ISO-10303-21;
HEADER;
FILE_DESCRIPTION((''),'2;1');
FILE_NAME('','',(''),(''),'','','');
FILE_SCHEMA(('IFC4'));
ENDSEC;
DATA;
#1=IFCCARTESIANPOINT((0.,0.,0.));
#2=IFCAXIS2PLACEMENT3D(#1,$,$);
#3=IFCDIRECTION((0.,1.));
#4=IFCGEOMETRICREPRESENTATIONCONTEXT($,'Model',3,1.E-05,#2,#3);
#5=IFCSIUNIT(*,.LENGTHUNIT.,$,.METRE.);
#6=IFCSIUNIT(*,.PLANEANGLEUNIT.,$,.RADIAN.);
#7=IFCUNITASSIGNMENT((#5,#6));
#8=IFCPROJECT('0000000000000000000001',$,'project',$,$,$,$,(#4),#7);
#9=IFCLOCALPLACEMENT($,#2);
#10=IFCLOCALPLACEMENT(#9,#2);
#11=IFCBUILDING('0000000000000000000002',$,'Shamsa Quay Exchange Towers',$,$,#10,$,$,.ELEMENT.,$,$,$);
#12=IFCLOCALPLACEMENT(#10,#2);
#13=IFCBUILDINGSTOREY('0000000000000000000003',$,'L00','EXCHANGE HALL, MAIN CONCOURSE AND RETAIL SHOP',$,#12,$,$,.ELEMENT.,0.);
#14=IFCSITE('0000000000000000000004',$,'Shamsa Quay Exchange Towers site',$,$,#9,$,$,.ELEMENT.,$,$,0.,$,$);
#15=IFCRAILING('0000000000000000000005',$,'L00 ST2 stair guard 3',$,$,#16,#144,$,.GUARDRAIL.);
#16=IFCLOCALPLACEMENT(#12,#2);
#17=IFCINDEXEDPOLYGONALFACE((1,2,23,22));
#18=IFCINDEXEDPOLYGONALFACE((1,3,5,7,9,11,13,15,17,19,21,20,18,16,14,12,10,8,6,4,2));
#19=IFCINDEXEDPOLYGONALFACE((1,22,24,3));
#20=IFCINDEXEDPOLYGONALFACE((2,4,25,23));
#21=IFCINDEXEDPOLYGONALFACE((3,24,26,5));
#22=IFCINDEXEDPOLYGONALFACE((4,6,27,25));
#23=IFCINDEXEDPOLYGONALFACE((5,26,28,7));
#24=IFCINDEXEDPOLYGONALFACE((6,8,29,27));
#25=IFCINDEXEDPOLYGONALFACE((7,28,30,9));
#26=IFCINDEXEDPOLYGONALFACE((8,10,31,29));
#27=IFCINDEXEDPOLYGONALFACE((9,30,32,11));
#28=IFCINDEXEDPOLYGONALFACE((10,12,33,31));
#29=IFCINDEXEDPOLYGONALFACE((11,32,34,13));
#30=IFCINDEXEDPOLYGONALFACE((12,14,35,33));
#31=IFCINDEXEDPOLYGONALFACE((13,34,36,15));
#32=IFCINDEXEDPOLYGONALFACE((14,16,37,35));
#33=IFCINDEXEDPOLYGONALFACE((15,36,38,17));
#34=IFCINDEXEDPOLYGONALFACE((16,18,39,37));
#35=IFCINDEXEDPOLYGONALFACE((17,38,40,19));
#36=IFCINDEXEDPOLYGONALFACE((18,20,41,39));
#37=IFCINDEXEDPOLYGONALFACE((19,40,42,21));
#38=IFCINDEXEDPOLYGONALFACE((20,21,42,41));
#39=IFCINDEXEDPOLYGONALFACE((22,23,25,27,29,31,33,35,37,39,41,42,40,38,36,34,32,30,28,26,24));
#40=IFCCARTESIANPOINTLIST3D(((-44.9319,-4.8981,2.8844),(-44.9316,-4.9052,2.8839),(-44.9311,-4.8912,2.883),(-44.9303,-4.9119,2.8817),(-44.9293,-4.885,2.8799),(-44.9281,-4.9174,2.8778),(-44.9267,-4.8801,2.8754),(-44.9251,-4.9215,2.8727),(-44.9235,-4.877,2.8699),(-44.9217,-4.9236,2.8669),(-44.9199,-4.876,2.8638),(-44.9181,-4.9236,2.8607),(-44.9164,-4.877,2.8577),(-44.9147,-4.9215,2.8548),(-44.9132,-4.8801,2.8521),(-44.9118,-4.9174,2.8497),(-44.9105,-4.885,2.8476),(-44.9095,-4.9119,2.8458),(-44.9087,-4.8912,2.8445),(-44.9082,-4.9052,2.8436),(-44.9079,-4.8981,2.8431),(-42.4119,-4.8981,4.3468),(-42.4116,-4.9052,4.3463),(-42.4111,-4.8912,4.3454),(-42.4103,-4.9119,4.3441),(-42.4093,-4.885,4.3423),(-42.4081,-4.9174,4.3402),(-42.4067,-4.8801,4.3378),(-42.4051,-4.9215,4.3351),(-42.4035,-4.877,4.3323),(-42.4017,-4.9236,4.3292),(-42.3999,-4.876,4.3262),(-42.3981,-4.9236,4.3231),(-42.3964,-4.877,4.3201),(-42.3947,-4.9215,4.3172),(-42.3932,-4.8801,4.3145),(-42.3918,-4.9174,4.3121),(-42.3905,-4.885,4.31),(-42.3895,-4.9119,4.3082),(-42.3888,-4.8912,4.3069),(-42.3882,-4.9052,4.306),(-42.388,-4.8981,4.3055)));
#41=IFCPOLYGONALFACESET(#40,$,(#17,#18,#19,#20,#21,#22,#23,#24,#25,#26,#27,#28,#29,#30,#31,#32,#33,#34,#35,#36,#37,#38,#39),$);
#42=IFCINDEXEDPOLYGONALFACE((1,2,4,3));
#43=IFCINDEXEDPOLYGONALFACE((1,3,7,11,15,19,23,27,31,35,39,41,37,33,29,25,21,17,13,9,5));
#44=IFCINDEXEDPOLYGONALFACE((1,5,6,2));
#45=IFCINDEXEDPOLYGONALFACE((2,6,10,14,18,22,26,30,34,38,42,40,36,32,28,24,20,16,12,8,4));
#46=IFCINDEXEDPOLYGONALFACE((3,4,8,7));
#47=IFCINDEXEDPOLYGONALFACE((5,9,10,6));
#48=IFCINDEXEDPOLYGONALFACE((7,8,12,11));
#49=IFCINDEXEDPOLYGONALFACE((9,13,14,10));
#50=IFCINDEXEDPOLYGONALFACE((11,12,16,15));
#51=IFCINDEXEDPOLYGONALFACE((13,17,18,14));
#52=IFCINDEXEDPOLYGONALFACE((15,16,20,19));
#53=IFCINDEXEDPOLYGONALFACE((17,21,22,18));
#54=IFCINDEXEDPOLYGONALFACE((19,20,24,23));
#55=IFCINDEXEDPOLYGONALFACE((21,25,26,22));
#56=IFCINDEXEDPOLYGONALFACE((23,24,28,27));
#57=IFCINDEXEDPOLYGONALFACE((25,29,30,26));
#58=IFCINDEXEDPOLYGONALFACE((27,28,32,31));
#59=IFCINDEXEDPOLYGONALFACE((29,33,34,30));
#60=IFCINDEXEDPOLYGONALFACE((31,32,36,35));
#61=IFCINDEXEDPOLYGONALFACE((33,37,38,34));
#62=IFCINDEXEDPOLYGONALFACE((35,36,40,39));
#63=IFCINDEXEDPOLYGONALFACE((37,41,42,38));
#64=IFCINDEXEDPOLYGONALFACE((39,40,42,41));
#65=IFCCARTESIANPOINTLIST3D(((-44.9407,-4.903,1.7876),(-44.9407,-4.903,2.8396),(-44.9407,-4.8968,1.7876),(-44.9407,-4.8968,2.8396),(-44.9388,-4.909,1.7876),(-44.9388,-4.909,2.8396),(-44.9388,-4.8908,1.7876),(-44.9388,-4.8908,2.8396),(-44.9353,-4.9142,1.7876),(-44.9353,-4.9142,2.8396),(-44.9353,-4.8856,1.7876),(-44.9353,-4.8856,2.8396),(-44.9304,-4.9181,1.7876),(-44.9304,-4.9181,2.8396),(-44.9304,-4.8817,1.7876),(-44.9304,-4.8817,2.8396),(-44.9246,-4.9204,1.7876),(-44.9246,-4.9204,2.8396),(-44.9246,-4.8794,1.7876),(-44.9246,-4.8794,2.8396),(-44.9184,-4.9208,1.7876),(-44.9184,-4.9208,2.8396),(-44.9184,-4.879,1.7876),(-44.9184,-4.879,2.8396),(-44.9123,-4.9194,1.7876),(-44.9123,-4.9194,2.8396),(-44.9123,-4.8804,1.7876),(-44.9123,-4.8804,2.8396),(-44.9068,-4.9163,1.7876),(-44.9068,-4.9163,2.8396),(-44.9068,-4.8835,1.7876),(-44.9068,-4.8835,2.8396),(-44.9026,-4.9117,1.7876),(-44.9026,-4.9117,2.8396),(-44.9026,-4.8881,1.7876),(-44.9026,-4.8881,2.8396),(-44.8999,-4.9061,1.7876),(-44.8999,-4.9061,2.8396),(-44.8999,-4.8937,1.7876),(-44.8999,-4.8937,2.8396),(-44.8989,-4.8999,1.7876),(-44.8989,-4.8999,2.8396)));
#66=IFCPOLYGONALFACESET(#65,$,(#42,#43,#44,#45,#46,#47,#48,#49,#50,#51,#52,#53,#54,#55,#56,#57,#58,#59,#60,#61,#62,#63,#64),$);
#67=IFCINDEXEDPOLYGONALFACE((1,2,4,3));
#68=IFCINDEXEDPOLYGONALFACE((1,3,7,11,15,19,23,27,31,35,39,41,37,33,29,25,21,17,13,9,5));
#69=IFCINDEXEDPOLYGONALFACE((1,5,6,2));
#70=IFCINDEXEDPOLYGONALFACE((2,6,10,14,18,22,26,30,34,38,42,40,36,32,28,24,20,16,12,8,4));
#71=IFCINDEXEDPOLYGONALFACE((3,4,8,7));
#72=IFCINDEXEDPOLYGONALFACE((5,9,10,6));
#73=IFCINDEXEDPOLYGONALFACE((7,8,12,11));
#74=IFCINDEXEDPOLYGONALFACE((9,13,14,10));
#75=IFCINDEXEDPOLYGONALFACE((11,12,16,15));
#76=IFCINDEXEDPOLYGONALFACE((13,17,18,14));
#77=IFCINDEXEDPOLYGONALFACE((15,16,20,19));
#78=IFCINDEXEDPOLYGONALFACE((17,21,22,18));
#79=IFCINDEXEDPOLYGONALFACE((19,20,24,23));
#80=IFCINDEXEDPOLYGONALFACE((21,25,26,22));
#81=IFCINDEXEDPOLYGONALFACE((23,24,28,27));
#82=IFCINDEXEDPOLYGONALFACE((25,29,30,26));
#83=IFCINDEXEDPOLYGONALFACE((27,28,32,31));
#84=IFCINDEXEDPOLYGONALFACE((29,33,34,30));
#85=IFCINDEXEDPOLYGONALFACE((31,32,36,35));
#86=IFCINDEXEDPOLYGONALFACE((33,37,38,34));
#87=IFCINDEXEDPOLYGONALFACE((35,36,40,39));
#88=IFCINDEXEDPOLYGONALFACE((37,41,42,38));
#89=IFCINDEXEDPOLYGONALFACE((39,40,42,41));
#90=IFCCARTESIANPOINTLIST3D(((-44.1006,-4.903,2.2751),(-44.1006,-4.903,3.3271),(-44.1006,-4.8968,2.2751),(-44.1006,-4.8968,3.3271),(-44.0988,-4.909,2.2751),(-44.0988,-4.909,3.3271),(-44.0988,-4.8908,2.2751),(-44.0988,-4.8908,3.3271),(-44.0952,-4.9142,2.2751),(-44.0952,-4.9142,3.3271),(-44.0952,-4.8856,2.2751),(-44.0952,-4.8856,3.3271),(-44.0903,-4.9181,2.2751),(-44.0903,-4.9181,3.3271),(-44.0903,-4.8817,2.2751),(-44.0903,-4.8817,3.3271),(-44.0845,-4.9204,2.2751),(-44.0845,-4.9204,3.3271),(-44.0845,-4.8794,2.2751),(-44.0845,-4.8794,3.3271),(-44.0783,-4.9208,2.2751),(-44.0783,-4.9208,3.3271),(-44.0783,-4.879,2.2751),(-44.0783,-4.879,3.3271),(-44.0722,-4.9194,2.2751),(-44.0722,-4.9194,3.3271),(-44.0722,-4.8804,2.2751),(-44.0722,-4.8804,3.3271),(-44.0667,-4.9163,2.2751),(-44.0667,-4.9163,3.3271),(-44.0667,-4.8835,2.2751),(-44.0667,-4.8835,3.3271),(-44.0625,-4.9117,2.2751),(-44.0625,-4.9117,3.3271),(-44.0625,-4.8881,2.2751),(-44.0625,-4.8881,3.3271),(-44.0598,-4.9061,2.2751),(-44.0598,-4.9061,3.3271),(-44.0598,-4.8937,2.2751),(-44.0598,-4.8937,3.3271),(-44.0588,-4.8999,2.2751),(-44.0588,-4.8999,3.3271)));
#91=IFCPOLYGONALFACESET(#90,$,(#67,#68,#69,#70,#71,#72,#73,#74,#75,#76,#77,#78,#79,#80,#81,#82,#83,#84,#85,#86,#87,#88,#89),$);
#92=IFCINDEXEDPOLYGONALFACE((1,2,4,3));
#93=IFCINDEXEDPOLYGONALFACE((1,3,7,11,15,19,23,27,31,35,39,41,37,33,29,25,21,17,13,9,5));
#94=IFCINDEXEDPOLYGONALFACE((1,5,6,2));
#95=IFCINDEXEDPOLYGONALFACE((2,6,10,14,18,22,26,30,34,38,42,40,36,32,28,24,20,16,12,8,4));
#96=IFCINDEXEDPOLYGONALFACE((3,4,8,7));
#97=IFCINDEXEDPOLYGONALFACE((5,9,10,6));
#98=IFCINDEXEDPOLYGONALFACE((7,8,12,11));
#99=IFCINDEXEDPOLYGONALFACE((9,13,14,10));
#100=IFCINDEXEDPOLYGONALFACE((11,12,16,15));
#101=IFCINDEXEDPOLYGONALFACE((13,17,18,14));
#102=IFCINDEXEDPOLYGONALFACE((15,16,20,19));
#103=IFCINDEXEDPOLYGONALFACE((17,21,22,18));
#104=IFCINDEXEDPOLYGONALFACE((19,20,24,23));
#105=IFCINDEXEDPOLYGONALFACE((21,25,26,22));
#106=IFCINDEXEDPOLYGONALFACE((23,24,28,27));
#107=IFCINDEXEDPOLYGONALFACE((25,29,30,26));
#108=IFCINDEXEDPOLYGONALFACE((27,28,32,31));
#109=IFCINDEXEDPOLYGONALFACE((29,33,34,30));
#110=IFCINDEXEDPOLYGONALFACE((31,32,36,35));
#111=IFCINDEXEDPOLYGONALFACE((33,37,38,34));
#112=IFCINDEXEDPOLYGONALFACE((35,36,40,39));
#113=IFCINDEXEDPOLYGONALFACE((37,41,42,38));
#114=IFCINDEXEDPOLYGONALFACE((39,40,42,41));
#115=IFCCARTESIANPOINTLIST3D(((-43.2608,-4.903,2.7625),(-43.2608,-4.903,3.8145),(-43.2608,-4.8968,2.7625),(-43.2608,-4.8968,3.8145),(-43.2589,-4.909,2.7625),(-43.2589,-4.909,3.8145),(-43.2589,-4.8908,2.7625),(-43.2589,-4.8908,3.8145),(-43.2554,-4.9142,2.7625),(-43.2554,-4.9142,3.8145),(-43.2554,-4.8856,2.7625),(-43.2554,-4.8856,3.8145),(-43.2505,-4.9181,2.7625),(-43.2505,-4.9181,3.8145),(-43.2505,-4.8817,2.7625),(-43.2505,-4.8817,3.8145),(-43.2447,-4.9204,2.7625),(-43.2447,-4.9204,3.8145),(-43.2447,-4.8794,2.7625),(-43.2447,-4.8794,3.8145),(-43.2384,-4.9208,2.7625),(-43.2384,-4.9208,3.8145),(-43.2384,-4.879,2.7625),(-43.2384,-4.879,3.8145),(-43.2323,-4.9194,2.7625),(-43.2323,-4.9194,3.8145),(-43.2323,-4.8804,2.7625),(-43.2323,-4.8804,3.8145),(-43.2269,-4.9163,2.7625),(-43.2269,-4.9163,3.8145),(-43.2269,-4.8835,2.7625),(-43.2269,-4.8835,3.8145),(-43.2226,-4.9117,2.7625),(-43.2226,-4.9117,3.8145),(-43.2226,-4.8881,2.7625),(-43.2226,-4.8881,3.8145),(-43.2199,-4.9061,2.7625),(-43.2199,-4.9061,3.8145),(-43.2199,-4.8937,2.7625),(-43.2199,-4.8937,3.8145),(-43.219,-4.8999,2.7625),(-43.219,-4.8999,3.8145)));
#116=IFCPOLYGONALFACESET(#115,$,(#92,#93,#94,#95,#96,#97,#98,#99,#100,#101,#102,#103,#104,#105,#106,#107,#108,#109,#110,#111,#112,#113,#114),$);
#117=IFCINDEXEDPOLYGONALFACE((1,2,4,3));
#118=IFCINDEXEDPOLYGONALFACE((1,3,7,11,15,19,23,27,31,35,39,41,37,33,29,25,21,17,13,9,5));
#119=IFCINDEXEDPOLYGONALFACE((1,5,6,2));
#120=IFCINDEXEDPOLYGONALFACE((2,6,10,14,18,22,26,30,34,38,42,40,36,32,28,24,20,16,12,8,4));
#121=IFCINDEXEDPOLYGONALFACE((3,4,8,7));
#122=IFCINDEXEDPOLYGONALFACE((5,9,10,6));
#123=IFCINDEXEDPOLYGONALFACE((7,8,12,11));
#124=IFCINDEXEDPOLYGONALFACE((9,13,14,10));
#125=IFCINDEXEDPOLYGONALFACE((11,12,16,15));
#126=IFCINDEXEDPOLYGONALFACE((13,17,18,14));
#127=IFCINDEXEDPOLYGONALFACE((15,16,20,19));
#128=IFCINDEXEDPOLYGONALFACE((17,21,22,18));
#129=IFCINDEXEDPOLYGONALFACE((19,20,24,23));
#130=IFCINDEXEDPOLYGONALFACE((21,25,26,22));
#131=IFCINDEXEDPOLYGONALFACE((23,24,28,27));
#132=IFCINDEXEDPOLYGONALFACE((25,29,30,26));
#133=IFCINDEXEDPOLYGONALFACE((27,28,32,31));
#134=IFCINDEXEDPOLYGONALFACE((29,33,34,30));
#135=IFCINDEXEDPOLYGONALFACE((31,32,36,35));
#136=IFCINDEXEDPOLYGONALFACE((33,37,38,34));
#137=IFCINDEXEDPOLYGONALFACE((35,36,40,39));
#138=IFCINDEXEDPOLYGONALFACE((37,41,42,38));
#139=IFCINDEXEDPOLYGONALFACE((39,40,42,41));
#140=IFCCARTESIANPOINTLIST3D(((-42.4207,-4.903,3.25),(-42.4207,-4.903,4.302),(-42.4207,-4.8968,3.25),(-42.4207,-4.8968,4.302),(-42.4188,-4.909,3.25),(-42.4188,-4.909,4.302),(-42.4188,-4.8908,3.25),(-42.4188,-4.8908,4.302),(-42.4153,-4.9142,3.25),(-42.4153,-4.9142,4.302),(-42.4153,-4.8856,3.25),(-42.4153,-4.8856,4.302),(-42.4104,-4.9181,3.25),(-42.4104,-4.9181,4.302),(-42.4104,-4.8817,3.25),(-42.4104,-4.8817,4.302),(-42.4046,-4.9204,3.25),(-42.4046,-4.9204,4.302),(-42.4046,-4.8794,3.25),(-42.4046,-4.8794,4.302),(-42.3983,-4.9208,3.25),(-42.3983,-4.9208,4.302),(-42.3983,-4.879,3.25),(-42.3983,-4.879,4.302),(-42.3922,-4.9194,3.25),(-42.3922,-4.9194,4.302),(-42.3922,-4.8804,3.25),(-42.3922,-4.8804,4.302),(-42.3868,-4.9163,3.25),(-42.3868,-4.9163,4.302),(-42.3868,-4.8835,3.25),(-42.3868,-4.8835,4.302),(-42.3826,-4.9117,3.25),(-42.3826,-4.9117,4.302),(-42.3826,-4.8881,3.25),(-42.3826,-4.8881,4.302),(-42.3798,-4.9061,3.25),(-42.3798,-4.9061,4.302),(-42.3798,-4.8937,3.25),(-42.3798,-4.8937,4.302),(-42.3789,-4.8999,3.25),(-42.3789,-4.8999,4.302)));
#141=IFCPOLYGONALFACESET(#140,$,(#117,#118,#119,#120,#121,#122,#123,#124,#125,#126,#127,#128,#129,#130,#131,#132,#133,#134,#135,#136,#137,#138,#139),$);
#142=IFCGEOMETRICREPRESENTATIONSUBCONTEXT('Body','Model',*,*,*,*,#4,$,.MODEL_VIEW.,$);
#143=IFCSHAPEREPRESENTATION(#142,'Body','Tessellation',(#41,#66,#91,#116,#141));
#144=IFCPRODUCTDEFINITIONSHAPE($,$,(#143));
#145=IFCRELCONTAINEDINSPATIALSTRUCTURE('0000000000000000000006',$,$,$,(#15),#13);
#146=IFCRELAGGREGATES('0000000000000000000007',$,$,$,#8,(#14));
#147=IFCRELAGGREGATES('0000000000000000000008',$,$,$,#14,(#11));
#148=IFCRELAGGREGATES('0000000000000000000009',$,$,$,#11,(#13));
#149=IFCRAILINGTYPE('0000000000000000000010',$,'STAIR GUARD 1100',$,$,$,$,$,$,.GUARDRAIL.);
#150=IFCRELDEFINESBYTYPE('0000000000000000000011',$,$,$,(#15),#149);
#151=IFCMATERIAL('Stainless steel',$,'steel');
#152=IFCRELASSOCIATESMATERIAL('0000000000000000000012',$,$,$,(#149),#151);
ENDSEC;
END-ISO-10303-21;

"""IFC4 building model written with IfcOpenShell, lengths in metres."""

from ifc_helpers import new_model, si_unit, direction, frame, origin, origin_2d, place, context, subcontext, project, spatial, circle, extrude, material, type_object, element, save


model = new_model("IFC4")

# Units and contexts
model_context = context("Model", 3, precision=1e-05, world=origin(), true_north=direction((0.0, 1.0)))
body_context = subcontext(model_context, "Body", "Model", "MODEL_VIEW")
ifc_project = project(units=[si_unit("LENGTHUNIT", "METRE"), si_unit("PLANEANGLEUNIT", "RADIAN")], contexts=[model_context])

# Site, building, storey
site_placement = place(None, origin())
site = spatial("IfcSite", under=ifc_project, at=site_placement, Name="Shamsa Quay Exchange Towers site", CompositionType="ELEMENT", RefElevation=0.0)
building_placement = place(site_placement, origin())
building = spatial("IfcBuilding", under=site, at=building_placement, Name="Shamsa Quay Exchange Towers", CompositionType="ELEMENT")
storey_placement = place(building_placement, origin())
storey = spatial("IfcBuildingStorey", under=building, at=storey_placement, Name="L00", Description="EXCHANGE HALL, MAIN CONCOURSE AND RETAIL SHOP", CompositionType="ELEMENT", Elevation=0.0)

# Railing
ifc_material_1 = material(Name="Stainless steel", Category="steel")
railing_type_1 = type_object("IfcRailingType", Name="STAIR GUARD 1100", PredefinedType="GUARDRAIL", material=ifc_material_1)
railing_1_placement = place(storey_placement, frame((-44.9199, -4.8999, 1.7876)))
element("IfcRailing", 1, at=railing_1_placement, inside=storey, type_object=railing_type_1, Name="L00 ST2 stair guard 3", PredefinedType="GUARDRAIL", context=body_context, shape_type="SweptSolid", body=[
    extrude(circle(Radius=0.0239, at=origin_2d()), frame((0.0, 0.0, 1.0762), z_axis=(0.864913, 0.0, 0.501921), x_axis=(0.0, 1.0, 0.0)), (0.0, 0.0, 1.0), 2.9136),
    extrude(circle(Radius=0.021, at=origin_2d()), origin(), (0.0, 0.0, 1.0), 1.052),
    extrude(circle(Radius=0.021, at=origin_2d()), frame((0.8401, 0.0, 0.4875)), (0.0, 0.0, 1.0), 1.052),
    extrude(circle(Radius=0.021, at=origin_2d()), frame((1.6799, 0.0, 0.9749)), (0.0, 0.0, 1.0), 1.052),
    extrude(circle(Radius=0.021, at=origin_2d()), frame((2.52, 0.0, 1.4624)), (0.0, 0.0, 1.0), 1.052),
])

save(model, "model.ifc")
